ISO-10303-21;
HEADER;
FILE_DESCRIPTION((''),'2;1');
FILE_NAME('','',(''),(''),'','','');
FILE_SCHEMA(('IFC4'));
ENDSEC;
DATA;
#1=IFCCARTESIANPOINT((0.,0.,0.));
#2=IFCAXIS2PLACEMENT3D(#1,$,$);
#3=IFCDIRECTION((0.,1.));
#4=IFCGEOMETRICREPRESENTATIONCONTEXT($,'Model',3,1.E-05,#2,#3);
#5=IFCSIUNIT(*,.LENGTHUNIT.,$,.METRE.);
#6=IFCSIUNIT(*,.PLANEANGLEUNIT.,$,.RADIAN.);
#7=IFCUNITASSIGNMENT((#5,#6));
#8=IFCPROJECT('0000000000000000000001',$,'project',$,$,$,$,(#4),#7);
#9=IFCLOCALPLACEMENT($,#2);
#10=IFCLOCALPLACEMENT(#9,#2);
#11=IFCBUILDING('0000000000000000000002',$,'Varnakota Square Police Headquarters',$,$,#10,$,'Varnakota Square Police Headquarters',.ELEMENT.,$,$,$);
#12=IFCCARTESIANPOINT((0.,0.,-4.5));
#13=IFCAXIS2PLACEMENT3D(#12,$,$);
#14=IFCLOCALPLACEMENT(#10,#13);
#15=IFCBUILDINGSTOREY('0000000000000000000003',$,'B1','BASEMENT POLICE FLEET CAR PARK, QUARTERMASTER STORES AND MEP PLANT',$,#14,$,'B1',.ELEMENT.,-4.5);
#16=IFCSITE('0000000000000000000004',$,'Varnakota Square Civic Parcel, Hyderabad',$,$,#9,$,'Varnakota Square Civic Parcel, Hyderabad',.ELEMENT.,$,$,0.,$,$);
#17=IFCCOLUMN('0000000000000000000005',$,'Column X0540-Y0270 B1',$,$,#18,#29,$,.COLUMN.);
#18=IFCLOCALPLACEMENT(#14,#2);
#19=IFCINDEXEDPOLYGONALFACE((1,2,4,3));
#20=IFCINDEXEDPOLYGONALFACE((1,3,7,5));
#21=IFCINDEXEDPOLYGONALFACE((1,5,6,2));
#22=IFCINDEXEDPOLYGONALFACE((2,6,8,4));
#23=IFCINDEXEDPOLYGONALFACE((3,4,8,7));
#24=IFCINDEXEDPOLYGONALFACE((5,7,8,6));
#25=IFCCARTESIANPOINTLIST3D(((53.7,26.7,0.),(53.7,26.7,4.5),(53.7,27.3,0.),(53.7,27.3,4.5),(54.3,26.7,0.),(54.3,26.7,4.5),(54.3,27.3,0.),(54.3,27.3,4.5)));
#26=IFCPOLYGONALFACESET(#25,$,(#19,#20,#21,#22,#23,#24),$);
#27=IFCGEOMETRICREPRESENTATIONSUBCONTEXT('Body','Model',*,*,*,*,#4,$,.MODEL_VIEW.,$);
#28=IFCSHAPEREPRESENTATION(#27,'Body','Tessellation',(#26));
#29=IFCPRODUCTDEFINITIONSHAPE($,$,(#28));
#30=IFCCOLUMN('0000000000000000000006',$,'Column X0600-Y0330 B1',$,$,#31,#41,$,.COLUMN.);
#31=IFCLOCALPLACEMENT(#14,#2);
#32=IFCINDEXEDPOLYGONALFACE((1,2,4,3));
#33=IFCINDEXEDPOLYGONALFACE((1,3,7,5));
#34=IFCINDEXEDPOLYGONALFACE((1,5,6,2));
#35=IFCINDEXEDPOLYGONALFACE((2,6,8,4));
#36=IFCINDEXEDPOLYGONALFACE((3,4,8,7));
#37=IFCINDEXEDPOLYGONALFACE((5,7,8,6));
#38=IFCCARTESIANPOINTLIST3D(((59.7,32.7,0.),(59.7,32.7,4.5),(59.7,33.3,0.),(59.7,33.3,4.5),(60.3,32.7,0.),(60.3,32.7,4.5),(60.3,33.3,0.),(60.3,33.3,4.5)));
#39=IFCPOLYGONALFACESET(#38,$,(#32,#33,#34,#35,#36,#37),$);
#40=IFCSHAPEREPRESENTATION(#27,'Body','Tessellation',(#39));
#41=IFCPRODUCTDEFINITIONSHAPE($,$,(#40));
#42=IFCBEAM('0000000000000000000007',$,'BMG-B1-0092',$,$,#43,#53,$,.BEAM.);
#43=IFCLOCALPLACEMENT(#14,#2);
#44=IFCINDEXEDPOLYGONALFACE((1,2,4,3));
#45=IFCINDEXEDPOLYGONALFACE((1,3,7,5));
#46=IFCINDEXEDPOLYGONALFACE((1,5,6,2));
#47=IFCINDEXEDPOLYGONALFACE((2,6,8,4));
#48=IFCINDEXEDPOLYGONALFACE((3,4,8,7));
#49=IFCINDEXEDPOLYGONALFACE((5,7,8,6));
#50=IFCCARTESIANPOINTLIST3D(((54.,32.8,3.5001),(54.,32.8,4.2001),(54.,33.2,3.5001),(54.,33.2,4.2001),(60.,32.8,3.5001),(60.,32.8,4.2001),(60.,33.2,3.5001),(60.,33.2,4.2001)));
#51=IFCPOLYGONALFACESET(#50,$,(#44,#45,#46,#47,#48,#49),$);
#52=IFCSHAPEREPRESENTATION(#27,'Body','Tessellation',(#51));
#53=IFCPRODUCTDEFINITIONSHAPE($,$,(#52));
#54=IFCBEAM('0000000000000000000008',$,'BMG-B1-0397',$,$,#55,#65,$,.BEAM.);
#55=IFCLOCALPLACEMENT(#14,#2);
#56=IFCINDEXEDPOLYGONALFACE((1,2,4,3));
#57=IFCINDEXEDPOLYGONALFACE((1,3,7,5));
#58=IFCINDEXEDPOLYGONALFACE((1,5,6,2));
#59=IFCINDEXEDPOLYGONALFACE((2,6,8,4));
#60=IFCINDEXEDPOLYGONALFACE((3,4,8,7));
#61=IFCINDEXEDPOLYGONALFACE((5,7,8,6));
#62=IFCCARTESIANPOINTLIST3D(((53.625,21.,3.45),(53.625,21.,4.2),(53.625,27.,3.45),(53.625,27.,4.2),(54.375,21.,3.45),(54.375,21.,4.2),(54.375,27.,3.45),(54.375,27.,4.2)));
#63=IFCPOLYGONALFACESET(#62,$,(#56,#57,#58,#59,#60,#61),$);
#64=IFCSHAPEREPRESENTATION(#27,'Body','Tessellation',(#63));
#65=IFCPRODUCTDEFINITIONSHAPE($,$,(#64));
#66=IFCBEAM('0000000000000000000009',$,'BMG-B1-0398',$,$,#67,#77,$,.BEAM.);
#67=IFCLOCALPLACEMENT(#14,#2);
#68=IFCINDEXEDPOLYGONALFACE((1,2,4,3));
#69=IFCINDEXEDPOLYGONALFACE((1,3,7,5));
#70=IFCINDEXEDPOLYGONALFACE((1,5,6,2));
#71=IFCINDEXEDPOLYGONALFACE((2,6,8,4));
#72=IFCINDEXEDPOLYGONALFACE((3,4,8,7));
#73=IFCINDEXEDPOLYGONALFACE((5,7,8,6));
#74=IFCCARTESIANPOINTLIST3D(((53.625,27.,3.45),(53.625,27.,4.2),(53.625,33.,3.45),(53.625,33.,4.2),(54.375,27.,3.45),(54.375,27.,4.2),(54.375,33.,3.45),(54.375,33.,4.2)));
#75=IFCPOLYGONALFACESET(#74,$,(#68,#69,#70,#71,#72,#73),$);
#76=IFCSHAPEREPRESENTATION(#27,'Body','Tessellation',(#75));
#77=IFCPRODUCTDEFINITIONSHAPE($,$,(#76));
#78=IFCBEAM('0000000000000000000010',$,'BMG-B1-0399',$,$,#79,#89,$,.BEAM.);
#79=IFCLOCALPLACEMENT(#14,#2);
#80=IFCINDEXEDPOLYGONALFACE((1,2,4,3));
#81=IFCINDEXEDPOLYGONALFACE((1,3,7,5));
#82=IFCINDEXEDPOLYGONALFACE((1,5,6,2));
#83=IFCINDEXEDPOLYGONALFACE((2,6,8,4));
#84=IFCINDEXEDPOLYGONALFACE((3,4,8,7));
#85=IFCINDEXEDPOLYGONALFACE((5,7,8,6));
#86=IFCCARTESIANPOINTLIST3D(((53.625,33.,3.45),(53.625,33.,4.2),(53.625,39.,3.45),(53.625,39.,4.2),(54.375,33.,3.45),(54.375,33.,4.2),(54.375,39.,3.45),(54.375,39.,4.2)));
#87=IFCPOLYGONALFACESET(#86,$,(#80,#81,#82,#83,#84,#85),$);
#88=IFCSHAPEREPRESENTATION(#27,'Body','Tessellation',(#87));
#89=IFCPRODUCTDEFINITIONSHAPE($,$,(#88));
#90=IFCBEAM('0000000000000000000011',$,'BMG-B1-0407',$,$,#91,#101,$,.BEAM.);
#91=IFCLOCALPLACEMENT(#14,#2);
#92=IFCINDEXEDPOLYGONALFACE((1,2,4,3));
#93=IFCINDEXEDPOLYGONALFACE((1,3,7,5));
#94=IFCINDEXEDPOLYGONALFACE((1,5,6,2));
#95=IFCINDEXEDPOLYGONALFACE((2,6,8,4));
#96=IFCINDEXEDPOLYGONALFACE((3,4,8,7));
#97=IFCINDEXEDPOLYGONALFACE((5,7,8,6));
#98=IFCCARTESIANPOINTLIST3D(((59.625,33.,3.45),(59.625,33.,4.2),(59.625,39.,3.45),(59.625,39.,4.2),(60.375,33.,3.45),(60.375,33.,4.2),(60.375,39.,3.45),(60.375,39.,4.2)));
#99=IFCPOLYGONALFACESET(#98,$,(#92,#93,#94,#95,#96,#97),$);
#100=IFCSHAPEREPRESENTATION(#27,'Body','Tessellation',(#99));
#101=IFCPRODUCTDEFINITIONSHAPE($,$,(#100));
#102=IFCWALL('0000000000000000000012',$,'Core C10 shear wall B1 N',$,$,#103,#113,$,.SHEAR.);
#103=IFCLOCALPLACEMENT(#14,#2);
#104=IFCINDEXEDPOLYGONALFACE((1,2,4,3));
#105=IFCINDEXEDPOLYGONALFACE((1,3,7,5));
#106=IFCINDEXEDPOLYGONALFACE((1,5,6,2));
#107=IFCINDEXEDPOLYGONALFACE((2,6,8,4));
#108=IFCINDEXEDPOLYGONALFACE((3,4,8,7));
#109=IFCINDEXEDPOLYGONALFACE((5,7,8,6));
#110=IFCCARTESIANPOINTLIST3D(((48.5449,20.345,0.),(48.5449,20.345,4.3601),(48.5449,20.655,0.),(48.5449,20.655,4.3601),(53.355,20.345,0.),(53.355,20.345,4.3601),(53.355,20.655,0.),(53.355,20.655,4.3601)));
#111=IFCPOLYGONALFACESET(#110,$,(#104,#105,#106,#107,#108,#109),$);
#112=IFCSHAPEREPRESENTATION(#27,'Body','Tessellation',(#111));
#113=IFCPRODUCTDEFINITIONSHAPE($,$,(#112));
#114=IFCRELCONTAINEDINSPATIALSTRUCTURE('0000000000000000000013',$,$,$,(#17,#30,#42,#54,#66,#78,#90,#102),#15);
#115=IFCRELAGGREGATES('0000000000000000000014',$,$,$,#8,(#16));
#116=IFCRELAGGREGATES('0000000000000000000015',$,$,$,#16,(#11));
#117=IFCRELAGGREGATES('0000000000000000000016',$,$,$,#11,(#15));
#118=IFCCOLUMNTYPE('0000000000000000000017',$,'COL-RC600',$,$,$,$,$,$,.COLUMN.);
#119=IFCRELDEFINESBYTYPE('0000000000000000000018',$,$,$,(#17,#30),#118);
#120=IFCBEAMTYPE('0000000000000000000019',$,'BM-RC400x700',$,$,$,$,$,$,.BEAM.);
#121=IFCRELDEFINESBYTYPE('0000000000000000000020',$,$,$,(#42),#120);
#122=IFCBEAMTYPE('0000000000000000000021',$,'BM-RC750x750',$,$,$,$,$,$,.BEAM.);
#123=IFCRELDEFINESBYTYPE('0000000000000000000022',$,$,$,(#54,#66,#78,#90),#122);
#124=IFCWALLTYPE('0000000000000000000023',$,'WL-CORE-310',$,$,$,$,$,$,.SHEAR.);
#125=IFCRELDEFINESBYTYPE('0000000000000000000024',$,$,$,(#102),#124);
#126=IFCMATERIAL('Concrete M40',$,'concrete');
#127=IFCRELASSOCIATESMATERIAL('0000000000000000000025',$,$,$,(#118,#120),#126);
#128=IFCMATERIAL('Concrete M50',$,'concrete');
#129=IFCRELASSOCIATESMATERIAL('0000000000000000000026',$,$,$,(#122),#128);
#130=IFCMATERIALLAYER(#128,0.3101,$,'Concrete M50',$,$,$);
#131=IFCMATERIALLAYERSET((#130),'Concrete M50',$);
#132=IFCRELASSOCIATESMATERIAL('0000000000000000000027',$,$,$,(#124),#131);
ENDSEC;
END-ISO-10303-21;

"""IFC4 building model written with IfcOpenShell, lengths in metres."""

from ifc_helpers import new_model, si_unit, direction, frame, frame_2d, origin, origin_2d, place, context, subcontext, project, spatial, rectangle, extrude, material, layer, layer_set, material_profile, profile_set, type_object, element, save


model = new_model("IFC4")

# Units and contexts
model_context = context("Model", 3, precision=1e-05, world=origin(), true_north=direction((0.0, 1.0)))
body_context = subcontext(model_context, "Body", "Model", "MODEL_VIEW")
ifc_project = project(units=[si_unit("LENGTHUNIT", "METRE"), si_unit("PLANEANGLEUNIT", "RADIAN")], contexts=[model_context])

# Site, building, storey
site_placement = place(None, origin())
site = spatial("IfcSite", under=ifc_project, at=site_placement, Name="Varnakota Square Civic Parcel, Hyderabad", LongName="Varnakota Square Civic Parcel, Hyderabad", CompositionType="ELEMENT", RefElevation=0.0)
building_placement = place(site_placement, origin())
building = spatial("IfcBuilding", under=site, at=building_placement, Name="Varnakota Square Police Headquarters", LongName="Varnakota Square Police Headquarters", CompositionType="ELEMENT")
storey_placement = place(building_placement, frame((0.0, 0.0, -4.5)))
storey = spatial("IfcBuildingStorey", under=building, at=storey_placement, Name="B1", Description="BASEMENT POLICE FLEET CAR PARK, QUARTERMASTER STORES AND MEP PLANT", LongName="B1", CompositionType="ELEMENT", Elevation=-4.5)

# Shared definitions
ifc_material_1 = material(Name="Concrete M40", Category="concrete")

# Columns
ifc_material_profile_1 = material_profile(ifc_material_1, rectangle(XDim=0.6001, YDim=0.6001, at=origin_2d()), Name="RC 600x600")
ifc_profile_set_1 = profile_set([ifc_material_profile_1], Name="Concrete M40")
column_type_1 = type_object("IfcColumnType", Name="COL-RC600", PredefinedType="COLUMN", material=ifc_profile_set_1)
for number, where, z_axis, x_axis, name in (
    (1, (54.0, 27.0, 0.0), (0.0, 0.0, 1.0), (1.0, 0.0, 0.0), "Column X0540-Y0270 B1"),
    (2, (60.0, 33.0, 0.0), (0.0, 0.0, 1.0), (1.0, 0.0, 0.0), "Column X0600-Y0330 B1"),
):
    element("IfcColumn", number, at=place(storey_placement, frame(where, z_axis=z_axis, x_axis=x_axis)), inside=storey, type_object=column_type_1, Name=name, PredefinedType="COLUMN", context=body_context, shape_type="SweptSolid", body=[
        extrude(rectangle(XDim=0.6001, YDim=0.6001, at=origin_2d()), origin(), (0.0, 0.0, 1.0), 4.5),
    ])

# Beams
ifc_material_profile_2 = material_profile(ifc_material_1, rectangle(XDim=0.3999, YDim=0.7, at=origin_2d()), Name="RC 400x700")
ifc_profile_set_2 = profile_set([ifc_material_profile_2], Name="Concrete M40")
beam_type_1 = type_object("IfcBeamType", Name="BM-RC400x700", PredefinedType="BEAM", material=ifc_profile_set_2)
beam_placement = place(storey_placement, frame((54.0, 33.0, 3.8501), z_axis=(1.0, 0.0, 0.0), x_axis=(0.0, 1.0, 0.0)))
element("IfcBeam", 3, at=beam_placement, inside=storey, type_object=beam_type_1, Name="BMG-B1-0092", PredefinedType="BEAM", context=body_context, shape_type="SweptSolid", body=[
    extrude(rectangle(XDim=0.3999, YDim=0.7, at=origin_2d()), origin(), (0.0, 0.0, 1.0), 6.0),
])
ifc_material_2 = material(Name="Concrete M50", Category="concrete")
ifc_material_profile_3 = material_profile(ifc_material_2, rectangle(XDim=0.75, YDim=0.75, at=origin_2d()), Name="RC 750x750")
ifc_profile_set_3 = profile_set([ifc_material_profile_3], Name="Concrete M50")
beam_type_2 = type_object("IfcBeamType", Name="BM-RC750x750", PredefinedType="BEAM", material=ifc_profile_set_3)
for number, where, z_axis, x_axis, name in (
    (4, (54.0, 21.0, 3.825), (0.0, 1.0, 0.0), (-1.0, 0.0, 0.0), "BMG-B1-0397"),
    (5, (54.0, 27.0, 3.825), (0.0, 1.0, 0.0), (-1.0, 0.0, 0.0), "BMG-B1-0398"),
    (6, (54.0, 33.0, 3.825), (0.0, 1.0, 0.0), (-1.0, 0.0, 0.0), "BMG-B1-0399"),
    (7, (60.0, 33.0, 3.825), (0.0, 1.0, 0.0), (-1.0, 0.0, 0.0), "BMG-B1-0407"),
):
    element("IfcBeam", number, at=place(storey_placement, frame(where, z_axis=z_axis, x_axis=x_axis)), inside=storey, type_object=beam_type_2, Name=name, PredefinedType="BEAM", context=body_context, shape_type="SweptSolid", body=[
        extrude(rectangle(XDim=0.75, YDim=0.75, at=origin_2d()), origin(), (0.0, 0.0, 1.0), 6.0),
    ])

# Wall
ifc_layer = layer(ifc_material_2, 0.3101, Name="Concrete M50")
ifc_layer_set = layer_set([ifc_layer], Name="Concrete M50")
wall_type = type_object("IfcWallType", Name="WL-CORE-310", PredefinedType="SHEAR", material=ifc_layer_set)
wall_placement = place(storey_placement, frame((53.355, 20.5, 0.0), z_axis=(0.0, 0.0, 1.0), x_axis=(-1.0, 0.0, 0.0)))
element("IfcWall", 8, at=wall_placement, inside=storey, type_object=wall_type, Name="Core C10 shear wall B1 N", PredefinedType="SHEAR", context=body_context, shape_type="SweptSolid", body=[
    extrude(rectangle(XDim=4.8101, YDim=0.3101, at=frame_2d((2.405, 0.0))), origin(), (0.0, 0.0, 1.0), 4.3601),
])

save(model, "model.ifc")
